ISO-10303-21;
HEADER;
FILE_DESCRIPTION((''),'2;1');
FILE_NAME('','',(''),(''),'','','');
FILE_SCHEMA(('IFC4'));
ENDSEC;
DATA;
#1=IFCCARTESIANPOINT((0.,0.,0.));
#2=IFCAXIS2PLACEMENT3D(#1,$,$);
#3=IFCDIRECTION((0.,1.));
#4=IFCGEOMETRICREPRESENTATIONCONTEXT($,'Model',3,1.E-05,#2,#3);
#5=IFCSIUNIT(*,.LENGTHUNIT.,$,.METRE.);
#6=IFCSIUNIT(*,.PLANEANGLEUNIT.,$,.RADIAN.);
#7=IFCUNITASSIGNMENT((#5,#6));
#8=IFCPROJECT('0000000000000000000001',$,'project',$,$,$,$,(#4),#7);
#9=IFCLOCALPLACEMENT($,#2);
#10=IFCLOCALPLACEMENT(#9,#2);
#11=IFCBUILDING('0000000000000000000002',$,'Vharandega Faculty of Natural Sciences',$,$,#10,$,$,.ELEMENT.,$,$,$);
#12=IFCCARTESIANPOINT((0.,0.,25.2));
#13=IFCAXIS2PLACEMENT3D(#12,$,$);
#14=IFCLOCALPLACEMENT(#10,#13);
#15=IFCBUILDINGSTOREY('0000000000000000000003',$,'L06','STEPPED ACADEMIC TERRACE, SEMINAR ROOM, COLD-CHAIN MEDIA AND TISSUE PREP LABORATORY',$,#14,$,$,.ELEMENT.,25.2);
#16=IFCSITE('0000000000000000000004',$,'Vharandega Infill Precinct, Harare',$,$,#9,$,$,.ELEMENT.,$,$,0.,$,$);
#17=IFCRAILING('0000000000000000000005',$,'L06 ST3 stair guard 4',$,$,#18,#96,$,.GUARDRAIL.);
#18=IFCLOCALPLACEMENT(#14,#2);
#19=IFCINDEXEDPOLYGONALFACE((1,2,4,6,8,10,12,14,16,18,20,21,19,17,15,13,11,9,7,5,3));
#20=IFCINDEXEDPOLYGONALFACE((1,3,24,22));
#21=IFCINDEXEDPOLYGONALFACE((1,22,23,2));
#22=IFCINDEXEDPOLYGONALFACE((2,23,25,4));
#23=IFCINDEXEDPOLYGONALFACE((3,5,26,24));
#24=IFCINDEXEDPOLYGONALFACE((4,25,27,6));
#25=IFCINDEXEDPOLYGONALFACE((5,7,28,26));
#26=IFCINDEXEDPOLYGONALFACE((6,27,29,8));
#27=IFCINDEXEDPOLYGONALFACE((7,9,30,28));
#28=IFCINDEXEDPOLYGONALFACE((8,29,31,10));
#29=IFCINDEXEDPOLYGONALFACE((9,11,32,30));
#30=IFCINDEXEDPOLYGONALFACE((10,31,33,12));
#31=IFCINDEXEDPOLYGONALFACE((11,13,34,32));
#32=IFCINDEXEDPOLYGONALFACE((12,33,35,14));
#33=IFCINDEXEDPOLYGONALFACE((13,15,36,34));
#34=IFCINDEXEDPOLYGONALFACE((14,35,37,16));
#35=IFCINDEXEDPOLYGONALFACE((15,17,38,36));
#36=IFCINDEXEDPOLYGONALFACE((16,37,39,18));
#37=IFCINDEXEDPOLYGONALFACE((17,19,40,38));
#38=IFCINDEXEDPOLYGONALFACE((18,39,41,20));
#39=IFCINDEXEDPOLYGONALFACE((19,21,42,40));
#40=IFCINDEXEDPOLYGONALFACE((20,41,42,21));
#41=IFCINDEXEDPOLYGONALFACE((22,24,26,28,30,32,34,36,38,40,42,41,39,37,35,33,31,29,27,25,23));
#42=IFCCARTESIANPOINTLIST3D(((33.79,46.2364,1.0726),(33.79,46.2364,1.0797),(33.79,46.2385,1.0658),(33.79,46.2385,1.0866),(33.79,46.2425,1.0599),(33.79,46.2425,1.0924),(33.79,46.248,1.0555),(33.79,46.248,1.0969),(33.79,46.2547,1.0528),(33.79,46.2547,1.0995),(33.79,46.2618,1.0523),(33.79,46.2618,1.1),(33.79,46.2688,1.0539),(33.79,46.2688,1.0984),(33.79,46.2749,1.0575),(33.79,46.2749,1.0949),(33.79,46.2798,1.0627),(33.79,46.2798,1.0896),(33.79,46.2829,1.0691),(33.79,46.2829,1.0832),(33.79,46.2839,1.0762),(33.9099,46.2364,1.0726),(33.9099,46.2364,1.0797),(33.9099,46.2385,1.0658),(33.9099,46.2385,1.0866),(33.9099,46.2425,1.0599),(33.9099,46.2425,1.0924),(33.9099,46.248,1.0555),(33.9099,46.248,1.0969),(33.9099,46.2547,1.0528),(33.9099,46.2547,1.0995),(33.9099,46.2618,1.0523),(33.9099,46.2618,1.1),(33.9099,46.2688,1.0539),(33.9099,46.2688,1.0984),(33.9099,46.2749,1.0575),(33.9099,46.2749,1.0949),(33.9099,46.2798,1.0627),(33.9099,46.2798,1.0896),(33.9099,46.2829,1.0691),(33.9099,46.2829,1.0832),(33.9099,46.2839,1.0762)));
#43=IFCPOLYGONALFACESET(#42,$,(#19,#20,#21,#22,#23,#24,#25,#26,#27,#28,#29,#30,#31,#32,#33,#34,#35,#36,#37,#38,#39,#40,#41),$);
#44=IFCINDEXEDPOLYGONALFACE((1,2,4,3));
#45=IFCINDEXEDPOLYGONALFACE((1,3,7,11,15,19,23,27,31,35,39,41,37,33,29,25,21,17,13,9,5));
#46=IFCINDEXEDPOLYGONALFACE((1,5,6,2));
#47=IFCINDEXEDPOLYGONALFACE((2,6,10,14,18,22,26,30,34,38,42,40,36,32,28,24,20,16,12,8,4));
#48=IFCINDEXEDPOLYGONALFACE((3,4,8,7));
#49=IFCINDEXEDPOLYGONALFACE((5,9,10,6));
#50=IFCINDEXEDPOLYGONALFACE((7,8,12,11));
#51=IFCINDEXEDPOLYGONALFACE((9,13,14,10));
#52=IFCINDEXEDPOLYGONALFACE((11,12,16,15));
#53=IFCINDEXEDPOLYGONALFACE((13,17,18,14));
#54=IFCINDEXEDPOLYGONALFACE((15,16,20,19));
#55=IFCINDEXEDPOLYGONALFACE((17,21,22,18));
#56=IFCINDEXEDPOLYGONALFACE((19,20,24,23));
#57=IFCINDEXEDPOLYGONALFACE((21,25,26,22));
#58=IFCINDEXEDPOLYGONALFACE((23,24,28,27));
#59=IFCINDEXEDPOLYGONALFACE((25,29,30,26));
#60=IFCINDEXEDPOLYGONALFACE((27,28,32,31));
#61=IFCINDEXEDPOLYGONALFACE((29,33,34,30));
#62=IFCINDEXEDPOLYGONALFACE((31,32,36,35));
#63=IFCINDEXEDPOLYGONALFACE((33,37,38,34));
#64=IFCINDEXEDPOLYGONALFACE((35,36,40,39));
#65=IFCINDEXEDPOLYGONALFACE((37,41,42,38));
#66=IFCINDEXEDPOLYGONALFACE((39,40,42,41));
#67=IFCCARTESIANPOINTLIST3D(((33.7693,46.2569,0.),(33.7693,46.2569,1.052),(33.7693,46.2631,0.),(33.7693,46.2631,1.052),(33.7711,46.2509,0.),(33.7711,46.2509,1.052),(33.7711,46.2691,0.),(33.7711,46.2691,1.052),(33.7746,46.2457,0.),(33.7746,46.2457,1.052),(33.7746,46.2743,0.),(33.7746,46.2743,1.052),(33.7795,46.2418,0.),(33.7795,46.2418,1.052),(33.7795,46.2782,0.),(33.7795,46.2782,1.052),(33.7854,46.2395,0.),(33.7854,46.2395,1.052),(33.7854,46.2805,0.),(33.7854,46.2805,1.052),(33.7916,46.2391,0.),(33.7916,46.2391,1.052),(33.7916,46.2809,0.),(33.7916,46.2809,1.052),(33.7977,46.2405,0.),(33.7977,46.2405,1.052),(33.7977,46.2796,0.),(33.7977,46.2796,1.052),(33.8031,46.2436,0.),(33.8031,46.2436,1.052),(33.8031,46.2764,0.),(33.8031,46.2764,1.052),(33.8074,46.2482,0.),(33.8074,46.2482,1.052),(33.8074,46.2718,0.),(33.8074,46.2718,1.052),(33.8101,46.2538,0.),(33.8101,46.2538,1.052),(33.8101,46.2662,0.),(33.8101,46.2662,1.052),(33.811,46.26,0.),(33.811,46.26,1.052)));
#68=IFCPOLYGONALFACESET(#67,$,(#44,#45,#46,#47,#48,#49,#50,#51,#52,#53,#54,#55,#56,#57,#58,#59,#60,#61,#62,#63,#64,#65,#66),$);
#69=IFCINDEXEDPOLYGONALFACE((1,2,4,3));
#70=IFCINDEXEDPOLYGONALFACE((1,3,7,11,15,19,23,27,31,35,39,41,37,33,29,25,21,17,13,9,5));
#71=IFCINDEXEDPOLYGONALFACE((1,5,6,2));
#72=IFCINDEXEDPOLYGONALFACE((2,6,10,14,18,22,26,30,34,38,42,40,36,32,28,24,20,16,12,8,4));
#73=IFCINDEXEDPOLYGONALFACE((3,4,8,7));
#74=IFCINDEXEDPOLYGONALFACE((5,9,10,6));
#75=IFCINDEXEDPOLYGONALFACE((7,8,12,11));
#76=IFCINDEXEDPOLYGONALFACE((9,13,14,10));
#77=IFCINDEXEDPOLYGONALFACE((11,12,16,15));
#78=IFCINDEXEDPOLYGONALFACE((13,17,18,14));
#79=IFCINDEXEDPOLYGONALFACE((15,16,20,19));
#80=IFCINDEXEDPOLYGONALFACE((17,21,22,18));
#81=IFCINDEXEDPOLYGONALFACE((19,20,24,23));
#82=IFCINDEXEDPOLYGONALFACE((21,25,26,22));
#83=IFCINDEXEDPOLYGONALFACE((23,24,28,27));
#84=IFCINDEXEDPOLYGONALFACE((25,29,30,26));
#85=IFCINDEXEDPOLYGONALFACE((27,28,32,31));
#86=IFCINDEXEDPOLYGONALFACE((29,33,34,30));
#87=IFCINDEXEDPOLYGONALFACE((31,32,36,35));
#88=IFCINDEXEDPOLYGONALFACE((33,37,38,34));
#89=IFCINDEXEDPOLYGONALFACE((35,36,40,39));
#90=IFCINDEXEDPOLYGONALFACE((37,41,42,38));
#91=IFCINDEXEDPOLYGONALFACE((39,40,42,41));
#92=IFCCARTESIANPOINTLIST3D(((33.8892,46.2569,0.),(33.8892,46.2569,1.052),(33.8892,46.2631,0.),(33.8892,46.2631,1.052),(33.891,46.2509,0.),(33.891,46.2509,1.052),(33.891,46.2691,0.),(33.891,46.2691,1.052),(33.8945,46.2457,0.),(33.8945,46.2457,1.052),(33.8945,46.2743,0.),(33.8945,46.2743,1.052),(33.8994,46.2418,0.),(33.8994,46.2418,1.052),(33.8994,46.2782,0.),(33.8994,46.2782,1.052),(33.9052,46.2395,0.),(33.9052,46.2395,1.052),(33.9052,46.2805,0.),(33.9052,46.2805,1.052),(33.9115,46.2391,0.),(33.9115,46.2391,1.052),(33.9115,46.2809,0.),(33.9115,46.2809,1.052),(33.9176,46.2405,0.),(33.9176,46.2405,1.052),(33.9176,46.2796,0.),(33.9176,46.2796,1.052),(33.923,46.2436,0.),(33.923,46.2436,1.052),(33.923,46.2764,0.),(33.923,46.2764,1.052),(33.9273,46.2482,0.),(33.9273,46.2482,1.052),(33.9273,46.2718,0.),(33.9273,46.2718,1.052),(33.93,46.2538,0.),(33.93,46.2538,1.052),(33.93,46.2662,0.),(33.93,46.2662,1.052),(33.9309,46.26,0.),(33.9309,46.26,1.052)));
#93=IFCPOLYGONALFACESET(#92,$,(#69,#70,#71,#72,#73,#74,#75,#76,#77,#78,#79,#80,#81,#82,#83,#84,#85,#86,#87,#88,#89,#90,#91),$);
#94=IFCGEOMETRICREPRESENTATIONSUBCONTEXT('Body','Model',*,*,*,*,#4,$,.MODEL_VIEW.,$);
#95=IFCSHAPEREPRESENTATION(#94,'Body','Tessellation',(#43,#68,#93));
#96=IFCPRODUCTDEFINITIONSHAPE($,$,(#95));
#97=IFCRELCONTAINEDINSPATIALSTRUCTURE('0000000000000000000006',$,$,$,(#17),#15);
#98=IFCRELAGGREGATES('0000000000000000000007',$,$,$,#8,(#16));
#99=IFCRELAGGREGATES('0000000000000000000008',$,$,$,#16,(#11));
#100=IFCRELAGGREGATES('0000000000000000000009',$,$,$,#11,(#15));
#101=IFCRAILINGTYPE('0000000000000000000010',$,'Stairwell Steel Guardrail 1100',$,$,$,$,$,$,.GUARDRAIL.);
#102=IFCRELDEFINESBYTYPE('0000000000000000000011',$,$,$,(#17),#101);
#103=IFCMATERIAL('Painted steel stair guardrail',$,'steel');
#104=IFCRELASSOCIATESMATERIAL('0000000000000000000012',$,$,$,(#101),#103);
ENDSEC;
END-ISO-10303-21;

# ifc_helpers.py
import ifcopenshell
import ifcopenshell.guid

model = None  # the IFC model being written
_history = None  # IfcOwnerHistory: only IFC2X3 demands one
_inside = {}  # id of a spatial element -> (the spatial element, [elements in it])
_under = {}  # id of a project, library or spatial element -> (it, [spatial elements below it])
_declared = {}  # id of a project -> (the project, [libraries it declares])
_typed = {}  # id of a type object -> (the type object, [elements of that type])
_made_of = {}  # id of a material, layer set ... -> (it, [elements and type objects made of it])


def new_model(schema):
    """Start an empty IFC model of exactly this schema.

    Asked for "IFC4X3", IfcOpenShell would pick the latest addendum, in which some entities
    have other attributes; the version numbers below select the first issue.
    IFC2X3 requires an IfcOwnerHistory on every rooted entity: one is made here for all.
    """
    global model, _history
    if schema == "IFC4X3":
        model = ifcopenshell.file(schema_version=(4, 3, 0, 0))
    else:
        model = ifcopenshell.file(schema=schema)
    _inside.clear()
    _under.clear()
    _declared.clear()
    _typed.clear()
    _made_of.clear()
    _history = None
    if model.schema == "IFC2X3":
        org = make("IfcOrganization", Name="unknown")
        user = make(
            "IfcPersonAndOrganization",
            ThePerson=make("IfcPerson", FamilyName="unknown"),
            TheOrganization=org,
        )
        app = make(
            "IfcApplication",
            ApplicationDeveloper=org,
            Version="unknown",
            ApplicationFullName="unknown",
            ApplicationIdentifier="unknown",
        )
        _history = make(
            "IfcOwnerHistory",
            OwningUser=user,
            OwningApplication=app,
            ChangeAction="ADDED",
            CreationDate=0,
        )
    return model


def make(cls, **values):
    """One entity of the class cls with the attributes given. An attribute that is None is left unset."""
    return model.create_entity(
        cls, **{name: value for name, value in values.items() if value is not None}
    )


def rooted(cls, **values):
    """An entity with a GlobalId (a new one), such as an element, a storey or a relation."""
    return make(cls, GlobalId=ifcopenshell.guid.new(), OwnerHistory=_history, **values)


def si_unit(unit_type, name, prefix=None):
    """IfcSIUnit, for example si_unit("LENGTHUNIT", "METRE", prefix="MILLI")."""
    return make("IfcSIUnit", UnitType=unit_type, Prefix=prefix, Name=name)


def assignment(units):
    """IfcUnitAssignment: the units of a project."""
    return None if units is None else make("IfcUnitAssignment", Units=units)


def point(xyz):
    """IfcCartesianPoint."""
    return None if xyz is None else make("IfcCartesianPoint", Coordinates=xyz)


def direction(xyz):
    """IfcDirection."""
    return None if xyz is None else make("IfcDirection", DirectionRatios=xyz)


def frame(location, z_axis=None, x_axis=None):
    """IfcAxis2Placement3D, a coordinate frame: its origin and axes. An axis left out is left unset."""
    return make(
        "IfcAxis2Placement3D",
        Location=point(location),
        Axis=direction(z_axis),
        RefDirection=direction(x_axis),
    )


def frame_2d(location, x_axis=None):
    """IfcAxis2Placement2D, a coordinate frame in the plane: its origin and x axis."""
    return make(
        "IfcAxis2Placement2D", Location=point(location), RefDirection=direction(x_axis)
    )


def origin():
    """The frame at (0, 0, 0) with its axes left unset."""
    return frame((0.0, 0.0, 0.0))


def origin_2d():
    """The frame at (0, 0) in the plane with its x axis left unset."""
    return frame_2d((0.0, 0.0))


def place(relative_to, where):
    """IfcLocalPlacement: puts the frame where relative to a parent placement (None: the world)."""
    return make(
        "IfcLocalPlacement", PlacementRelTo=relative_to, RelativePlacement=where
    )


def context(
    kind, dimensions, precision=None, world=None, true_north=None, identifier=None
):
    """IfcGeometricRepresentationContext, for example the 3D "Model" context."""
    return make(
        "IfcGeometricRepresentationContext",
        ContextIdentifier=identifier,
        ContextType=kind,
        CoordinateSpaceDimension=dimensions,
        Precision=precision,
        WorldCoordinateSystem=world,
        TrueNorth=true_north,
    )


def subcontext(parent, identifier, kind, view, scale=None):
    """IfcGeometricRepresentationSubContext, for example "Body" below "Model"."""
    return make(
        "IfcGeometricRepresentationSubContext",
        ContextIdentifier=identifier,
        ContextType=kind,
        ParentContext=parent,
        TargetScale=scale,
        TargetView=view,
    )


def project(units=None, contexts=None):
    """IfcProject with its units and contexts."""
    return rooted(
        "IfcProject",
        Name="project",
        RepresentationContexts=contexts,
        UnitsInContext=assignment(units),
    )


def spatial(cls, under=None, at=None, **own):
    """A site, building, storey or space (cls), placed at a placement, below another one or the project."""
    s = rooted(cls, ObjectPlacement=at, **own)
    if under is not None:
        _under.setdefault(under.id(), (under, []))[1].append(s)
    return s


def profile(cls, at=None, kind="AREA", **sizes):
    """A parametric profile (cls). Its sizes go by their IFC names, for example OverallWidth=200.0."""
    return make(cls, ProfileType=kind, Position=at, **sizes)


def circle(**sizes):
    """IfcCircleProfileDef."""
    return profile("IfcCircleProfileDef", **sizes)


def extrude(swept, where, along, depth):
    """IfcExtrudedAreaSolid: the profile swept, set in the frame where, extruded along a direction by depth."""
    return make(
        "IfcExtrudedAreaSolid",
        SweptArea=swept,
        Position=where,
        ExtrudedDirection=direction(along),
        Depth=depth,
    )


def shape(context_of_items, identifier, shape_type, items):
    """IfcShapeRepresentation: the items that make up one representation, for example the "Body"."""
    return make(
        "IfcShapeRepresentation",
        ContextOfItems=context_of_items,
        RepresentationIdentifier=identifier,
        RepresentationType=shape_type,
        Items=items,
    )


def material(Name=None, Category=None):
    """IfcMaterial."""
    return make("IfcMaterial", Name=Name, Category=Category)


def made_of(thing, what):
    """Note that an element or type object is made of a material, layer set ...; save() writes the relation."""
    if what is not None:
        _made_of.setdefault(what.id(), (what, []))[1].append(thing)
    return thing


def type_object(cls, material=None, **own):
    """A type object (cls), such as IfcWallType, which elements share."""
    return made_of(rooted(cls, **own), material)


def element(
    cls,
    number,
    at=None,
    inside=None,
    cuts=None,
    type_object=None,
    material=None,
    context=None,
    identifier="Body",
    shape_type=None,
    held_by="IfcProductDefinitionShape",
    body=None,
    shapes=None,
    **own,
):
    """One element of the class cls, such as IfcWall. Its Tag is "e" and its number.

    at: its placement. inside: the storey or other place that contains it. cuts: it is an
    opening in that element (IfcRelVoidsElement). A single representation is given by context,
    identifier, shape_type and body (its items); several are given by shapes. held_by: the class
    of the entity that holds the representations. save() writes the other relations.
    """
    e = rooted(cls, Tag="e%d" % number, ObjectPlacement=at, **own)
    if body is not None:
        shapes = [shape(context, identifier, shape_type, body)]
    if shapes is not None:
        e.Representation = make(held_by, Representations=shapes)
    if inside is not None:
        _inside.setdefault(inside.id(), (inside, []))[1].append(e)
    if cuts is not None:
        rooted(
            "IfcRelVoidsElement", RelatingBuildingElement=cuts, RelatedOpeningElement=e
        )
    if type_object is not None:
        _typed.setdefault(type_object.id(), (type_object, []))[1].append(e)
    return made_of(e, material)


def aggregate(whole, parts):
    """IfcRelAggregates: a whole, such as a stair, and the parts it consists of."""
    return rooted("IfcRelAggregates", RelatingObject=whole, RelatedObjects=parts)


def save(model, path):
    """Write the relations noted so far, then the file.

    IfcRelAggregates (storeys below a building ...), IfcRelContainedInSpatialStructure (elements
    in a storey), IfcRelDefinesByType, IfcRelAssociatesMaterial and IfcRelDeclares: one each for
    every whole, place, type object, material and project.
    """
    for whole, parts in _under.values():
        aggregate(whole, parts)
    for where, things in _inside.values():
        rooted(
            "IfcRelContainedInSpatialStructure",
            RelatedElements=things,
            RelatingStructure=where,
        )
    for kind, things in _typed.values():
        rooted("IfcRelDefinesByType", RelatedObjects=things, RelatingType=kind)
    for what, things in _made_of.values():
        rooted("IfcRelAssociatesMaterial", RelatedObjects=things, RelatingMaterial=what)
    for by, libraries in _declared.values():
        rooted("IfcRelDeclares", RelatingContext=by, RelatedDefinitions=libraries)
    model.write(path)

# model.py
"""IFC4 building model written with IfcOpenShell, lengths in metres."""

from ifc_helpers import new_model, si_unit, direction, frame, origin, origin_2d, place, context, subcontext, project, spatial, circle, extrude, material, type_object, element, save


model = new_model("IFC4")

# Units and contexts
model_context = context("Model", 3, precision=1e-05, world=origin(), true_north=direction((0.0, 1.0)))
body_context = subcontext(model_context, "Body", "Model", "MODEL_VIEW")
ifc_project = project(units=[si_unit("LENGTHUNIT", "METRE"), si_unit("PLANEANGLEUNIT", "RADIAN")], contexts=[model_context])

# Site, building, storey
site_placement = place(None, origin())
site = spatial("IfcSite", under=ifc_project, at=site_placement, Name="Vharandega Infill Precinct, Harare", CompositionType="ELEMENT", RefElevation=0.0)
building_placement = place(site_placement, origin())
building = spatial("IfcBuilding", under=site, at=building_placement, Name="Vharandega Faculty of Natural Sciences", CompositionType="ELEMENT")
storey_placement = place(building_placement, frame((0.0, 0.0, 25.2)))
storey = spatial("IfcBuildingStorey", under=building, at=storey_placement, Name="L06", Description="STEPPED ACADEMIC TERRACE, SEMINAR ROOM, COLD-CHAIN MEDIA AND TISSUE PREP LABORATORY", CompositionType="ELEMENT", Elevation=25.2)

# Railing
ifc_material_1 = material(Name="Painted steel stair guardrail", Category="steel")
railing_type_1 = type_object("IfcRailingType", Name="Stairwell Steel Guardrail 1100", PredefinedType="GUARDRAIL", material=ifc_material_1)
railing_1_placement = place(storey_placement, frame((33.79, 46.26, 0.0)))
element("IfcRailing", 1, at=railing_1_placement, inside=storey, type_object=railing_type_1, Name="L06 ST3 stair guard 4", PredefinedType="GUARDRAIL", context=body_context, shape_type="SweptSolid", body=[
    extrude(circle(Radius=0.0239, at=origin_2d()), frame((0.0, 0.0, 1.0762), z_axis=(1.0, 0.0, 0.0), x_axis=(0.0, 1.0, 0.0)), (0.0, 0.0, 1.0), 0.1199),
    extrude(circle(Radius=0.021, at=origin_2d()), origin(), (0.0, 0.0, 1.0), 1.052),
    extrude(circle(Radius=0.021, at=origin_2d()), frame((0.1199, 0.0, 0.0)), (0.0, 0.0, 1.0), 1.052),
])

save(model, "model.ifc")
